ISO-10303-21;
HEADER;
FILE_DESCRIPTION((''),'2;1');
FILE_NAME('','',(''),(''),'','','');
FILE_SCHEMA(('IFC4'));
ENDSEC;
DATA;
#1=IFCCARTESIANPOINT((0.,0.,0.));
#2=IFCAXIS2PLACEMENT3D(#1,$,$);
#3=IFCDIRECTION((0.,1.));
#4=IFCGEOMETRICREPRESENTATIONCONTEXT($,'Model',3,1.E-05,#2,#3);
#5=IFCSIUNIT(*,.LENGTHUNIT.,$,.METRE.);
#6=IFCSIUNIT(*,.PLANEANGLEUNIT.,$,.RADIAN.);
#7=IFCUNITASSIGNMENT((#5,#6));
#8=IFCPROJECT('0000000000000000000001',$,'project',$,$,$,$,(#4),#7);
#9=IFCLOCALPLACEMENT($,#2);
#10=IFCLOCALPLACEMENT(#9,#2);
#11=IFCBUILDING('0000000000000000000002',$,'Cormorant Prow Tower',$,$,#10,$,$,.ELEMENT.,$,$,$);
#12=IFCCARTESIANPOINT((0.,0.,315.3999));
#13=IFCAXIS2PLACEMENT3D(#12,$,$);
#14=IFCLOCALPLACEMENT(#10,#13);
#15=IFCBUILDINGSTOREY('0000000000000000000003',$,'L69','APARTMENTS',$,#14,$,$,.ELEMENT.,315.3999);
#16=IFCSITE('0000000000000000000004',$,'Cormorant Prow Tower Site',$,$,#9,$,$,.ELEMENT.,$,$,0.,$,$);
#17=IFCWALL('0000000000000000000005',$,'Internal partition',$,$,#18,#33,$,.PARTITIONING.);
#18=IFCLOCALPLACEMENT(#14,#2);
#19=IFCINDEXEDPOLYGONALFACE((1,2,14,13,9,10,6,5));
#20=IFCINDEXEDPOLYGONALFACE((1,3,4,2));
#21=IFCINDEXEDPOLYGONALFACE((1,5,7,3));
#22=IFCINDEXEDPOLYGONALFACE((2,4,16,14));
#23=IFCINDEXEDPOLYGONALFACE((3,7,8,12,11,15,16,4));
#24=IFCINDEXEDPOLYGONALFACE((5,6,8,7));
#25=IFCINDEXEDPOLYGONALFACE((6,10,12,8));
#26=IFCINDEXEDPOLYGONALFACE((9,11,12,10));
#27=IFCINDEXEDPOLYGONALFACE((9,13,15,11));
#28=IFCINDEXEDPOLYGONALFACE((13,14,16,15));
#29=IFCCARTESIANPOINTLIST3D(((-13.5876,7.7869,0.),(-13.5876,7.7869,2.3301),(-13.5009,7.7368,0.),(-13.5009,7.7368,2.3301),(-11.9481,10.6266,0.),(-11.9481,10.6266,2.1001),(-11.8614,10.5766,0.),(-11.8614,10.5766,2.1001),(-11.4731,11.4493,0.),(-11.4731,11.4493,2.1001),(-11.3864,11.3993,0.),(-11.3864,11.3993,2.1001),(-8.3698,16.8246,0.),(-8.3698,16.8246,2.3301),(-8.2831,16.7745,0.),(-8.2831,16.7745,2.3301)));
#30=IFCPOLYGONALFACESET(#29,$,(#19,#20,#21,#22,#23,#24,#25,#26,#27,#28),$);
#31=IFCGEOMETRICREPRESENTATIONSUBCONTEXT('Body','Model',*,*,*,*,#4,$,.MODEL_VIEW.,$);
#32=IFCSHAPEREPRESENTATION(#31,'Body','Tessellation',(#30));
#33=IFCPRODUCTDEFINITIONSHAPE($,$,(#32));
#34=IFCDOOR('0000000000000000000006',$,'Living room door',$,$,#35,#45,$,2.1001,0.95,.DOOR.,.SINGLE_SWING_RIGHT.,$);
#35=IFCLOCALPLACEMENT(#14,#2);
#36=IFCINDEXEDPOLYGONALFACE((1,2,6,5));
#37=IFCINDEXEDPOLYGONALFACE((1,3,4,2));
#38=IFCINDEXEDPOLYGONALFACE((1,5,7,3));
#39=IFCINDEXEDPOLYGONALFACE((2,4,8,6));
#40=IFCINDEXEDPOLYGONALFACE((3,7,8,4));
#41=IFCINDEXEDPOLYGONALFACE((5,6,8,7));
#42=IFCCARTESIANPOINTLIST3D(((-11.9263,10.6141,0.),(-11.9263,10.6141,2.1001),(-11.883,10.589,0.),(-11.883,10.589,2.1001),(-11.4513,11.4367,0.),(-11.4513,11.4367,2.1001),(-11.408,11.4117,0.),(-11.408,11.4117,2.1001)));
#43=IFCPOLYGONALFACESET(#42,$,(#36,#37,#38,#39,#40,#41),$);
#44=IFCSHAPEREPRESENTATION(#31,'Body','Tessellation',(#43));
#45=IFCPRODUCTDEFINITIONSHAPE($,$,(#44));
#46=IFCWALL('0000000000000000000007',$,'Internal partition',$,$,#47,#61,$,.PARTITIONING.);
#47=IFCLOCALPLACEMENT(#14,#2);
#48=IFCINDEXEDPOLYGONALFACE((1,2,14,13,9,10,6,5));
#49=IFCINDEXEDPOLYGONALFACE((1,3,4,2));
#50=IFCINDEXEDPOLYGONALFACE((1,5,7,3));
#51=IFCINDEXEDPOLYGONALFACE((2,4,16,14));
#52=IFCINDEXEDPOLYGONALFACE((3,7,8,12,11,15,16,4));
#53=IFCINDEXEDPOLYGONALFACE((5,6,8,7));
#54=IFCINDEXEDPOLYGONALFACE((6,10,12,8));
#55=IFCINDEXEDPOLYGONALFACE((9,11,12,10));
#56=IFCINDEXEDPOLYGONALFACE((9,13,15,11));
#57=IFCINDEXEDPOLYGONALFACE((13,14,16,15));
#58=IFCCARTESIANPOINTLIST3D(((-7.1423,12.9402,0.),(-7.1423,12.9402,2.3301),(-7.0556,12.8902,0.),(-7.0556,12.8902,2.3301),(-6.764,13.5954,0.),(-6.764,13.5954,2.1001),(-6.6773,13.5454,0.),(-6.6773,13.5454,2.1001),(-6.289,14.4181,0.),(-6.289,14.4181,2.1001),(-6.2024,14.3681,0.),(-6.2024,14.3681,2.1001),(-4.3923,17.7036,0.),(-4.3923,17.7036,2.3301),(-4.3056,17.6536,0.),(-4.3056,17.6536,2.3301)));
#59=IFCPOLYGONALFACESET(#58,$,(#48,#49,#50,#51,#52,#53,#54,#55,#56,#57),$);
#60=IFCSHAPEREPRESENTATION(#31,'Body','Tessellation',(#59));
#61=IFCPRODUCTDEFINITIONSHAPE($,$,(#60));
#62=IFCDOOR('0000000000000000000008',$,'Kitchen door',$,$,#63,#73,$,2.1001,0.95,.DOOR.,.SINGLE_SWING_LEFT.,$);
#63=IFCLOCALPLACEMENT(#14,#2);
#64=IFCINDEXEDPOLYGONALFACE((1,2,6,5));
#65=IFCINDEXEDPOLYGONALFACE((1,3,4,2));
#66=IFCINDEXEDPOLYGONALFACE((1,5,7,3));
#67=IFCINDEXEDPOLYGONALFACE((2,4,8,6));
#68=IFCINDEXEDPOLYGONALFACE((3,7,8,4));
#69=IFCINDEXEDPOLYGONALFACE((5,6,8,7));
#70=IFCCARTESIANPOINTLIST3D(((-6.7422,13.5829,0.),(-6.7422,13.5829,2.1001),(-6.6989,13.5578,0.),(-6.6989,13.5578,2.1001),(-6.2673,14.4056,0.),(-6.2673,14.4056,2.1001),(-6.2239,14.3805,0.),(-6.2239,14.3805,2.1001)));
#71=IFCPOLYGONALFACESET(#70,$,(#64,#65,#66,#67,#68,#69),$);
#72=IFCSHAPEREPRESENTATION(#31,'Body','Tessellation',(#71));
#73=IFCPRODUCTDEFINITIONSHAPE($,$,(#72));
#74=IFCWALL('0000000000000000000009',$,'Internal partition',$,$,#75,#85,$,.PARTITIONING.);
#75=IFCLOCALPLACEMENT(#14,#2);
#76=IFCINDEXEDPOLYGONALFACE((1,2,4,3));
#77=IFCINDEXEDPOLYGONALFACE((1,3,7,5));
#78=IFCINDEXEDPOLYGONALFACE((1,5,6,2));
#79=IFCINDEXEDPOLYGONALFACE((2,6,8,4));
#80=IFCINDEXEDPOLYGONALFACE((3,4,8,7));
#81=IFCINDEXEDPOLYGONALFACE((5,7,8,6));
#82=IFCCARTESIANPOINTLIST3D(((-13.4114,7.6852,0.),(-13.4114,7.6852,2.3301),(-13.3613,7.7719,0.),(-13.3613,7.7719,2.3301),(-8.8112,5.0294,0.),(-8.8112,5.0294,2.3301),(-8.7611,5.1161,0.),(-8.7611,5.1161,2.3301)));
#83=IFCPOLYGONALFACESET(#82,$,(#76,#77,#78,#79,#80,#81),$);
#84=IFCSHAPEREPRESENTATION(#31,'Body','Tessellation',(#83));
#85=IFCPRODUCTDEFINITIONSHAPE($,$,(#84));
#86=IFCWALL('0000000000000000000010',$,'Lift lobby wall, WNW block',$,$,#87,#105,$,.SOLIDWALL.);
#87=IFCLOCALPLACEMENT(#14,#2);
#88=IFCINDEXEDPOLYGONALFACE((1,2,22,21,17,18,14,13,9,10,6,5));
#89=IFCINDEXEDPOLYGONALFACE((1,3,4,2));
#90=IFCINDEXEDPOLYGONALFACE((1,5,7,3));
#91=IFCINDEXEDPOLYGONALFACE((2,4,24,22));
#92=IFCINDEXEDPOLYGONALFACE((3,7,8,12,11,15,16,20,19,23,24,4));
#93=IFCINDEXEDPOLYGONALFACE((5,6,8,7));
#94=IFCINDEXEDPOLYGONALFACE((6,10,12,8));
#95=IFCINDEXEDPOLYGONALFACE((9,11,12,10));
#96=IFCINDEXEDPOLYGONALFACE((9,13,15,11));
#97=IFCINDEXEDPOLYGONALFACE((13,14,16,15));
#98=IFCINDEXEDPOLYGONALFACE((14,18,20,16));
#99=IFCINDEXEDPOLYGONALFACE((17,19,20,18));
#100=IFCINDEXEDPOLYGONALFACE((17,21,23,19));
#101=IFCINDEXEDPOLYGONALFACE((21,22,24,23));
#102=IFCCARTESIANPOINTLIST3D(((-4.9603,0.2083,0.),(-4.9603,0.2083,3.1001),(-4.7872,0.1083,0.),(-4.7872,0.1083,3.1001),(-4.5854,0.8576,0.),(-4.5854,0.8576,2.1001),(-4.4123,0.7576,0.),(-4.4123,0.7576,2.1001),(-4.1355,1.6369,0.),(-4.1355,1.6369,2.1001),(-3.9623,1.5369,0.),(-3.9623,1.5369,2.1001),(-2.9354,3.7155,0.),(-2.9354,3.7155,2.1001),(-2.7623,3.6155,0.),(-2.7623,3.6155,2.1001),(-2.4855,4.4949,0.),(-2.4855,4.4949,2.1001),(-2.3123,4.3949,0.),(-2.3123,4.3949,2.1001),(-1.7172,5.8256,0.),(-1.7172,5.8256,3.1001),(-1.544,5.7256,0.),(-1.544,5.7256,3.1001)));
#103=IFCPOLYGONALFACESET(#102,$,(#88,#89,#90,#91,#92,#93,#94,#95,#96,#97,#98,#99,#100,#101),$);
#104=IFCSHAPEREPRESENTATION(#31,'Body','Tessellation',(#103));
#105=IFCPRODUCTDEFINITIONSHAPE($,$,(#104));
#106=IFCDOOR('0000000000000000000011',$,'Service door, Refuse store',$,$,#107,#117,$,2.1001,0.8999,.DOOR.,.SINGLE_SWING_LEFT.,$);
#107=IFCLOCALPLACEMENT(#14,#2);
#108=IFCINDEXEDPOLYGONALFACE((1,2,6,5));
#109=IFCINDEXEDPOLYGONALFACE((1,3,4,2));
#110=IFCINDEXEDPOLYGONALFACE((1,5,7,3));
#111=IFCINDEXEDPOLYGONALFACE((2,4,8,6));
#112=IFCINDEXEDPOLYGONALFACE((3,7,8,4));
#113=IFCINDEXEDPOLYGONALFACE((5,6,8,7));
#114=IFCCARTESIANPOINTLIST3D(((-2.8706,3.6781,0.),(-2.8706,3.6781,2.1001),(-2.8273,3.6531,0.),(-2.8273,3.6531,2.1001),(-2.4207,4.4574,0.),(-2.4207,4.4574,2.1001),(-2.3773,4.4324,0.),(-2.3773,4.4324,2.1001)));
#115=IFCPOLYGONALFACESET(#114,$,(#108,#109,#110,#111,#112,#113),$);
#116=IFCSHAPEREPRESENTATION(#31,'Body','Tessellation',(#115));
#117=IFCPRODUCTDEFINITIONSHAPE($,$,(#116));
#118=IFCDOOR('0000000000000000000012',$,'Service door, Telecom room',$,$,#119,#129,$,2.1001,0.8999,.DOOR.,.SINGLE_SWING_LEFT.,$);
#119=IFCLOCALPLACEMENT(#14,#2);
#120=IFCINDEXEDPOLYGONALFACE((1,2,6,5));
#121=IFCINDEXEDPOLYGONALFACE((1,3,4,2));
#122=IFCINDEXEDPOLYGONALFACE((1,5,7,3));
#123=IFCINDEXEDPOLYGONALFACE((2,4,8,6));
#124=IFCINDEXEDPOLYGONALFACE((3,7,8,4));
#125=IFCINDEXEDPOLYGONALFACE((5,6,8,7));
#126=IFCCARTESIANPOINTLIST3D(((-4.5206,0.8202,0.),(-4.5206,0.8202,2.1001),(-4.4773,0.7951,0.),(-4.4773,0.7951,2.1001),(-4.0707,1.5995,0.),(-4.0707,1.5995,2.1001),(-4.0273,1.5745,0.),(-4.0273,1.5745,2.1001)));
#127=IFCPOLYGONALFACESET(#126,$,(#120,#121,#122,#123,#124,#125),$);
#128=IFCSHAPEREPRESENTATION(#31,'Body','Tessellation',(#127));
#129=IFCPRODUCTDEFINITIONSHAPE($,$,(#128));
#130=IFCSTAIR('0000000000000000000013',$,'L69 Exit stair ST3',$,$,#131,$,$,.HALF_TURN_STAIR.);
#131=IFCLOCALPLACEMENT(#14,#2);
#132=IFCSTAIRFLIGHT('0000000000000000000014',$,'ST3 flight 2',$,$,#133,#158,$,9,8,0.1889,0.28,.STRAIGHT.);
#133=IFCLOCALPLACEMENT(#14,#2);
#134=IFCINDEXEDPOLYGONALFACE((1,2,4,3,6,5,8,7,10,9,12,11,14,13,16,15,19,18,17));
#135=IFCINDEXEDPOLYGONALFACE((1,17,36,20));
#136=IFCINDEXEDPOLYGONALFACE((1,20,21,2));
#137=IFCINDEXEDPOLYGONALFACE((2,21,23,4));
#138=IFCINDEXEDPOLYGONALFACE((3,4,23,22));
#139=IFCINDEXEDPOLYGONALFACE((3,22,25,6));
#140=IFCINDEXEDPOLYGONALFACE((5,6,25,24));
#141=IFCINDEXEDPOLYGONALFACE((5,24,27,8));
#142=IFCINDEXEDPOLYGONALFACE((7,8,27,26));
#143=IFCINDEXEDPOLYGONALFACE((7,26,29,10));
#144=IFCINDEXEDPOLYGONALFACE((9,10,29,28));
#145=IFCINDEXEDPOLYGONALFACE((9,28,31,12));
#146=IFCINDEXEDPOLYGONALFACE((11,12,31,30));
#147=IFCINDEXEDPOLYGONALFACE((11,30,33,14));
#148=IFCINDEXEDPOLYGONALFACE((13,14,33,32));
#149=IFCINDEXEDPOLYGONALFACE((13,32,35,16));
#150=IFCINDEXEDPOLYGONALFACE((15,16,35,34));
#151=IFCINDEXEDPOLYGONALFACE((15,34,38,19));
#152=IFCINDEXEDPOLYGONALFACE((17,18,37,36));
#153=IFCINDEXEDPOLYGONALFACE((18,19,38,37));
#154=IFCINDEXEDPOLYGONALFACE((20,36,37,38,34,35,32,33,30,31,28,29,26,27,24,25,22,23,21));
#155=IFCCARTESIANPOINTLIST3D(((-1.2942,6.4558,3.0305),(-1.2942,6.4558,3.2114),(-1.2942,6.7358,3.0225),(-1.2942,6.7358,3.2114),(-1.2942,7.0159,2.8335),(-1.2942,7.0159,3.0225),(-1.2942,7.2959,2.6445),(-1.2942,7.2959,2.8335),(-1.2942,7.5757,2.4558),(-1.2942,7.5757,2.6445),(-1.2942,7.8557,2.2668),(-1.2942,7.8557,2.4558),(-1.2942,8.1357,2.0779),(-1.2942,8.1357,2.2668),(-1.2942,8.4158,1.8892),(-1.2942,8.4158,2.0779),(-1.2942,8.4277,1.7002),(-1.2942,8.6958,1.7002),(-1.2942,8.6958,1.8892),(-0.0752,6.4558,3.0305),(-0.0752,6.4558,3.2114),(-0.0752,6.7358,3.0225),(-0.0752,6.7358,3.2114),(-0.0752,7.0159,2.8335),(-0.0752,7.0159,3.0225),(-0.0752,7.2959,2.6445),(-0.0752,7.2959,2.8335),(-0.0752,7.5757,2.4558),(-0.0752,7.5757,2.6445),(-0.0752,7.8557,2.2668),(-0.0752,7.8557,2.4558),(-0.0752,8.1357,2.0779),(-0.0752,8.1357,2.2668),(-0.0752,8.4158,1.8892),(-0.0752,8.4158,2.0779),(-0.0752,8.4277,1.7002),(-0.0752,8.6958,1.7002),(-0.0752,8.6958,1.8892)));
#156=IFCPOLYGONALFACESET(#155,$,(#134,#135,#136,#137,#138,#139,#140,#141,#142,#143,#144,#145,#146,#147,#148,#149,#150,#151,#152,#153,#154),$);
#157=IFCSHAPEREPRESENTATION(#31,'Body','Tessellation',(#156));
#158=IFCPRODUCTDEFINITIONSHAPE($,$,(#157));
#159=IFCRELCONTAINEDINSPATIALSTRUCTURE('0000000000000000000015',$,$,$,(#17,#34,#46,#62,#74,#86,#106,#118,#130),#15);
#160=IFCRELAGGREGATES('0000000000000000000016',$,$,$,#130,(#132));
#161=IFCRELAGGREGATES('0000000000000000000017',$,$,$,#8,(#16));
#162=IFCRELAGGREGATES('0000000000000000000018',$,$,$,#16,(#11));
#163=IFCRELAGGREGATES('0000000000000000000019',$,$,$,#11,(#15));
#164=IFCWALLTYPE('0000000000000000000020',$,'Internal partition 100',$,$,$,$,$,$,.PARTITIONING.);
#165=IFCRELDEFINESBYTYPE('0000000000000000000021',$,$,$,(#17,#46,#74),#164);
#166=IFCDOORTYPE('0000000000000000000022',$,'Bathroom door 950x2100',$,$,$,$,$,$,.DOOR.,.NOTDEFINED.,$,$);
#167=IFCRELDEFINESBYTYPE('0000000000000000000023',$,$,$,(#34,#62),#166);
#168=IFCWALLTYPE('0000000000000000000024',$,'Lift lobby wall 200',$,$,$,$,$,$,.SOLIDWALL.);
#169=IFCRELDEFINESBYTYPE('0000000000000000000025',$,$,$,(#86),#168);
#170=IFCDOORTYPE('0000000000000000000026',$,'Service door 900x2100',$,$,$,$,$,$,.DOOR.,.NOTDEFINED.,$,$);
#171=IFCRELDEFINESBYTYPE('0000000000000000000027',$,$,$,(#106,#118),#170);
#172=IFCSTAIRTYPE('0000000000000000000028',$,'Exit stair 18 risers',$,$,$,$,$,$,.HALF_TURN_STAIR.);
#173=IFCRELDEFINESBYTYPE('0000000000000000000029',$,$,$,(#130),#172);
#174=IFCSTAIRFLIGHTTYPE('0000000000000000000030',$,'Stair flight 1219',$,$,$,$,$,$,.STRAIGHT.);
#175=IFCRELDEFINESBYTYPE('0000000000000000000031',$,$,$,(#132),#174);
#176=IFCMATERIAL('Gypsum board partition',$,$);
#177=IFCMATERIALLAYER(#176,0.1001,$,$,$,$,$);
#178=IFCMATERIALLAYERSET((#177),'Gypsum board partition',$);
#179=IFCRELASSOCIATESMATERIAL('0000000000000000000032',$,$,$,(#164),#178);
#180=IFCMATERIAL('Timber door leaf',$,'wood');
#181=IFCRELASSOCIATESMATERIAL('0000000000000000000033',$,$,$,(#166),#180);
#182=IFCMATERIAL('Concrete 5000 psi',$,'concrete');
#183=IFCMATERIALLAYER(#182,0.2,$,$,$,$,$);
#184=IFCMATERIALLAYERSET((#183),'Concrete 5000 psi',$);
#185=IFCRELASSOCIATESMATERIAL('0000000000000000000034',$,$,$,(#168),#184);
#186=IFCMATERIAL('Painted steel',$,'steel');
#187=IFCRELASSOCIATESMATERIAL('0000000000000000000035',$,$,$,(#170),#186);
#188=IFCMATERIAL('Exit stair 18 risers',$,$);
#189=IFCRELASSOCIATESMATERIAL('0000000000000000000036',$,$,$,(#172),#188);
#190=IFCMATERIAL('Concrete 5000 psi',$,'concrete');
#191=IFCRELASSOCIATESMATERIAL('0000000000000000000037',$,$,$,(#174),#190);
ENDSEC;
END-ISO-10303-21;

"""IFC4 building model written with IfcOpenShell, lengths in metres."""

from ifc_helpers import new_model, si_unit, direction, frame, frame_2d, origin, place, context, subcontext, project, spatial, polyline, rectangle, outline, extrude, material, layer, layer_set, type_object, element, fill, aggregate, save


model = new_model("IFC4")

# Units and contexts
model_context = context("Model", 3, precision=1e-05, world=origin(), true_north=direction((0.0, 1.0)))
body_context = subcontext(model_context, "Body", "Model", "MODEL_VIEW")
ifc_project = project(units=[si_unit("LENGTHUNIT", "METRE"), si_unit("PLANEANGLEUNIT", "RADIAN")], contexts=[model_context])

# Site, building, storey
site_placement = place(None, origin())
site = spatial("IfcSite", under=ifc_project, at=site_placement, Name="Cormorant Prow Tower Site", CompositionType="ELEMENT", RefElevation=0.0)
building_placement = place(site_placement, origin())
building = spatial("IfcBuilding", under=site, at=building_placement, Name="Cormorant Prow Tower", CompositionType="ELEMENT")
storey_placement = place(building_placement, frame((0.0, 0.0, 315.3999)))
storey = spatial("IfcBuildingStorey", under=building, at=storey_placement, Name="L69", Description="APARTMENTS", CompositionType="ELEMENT", Elevation=315.3999)

# Walls, openings, doors
ifc_material_1 = material(Name="Gypsum board partition")
ifc_layer_1 = layer(ifc_material_1, 0.1001)
ifc_layer_set_1 = layer_set([ifc_layer_1], Name="Gypsum board partition")
wall_type_1 = type_object("IfcWallType", Name="Internal partition 100", PredefinedType="PARTITIONING", material=ifc_layer_set_1)
wall_1_placement = place(storey_placement, frame((-13.5442, 7.762, 0.0), z_axis=(0.0, 0.0, 1.0), x_axis=(0.499994, 0.866029, 0.0)))
wall_1 = element("IfcWall", 1, at=wall_1_placement, inside=storey, type_object=wall_type_1, Name="Internal partition", PredefinedType="PARTITIONING", context=body_context, shape_type="SweptSolid", body=[
    extrude(rectangle(XDim=10.4358, YDim=0.1001, at=frame_2d((5.2178, 0.0))), origin(), (0.0, 0.0, 1.0), 2.3301),
])
opening_1_placement = place(wall_1_placement, frame((3.2788, 0.0, 0.0)))
opening_1 = element("IfcOpeningElement", 2, at=opening_1_placement, cuts=wall_1, PredefinedType="OPENING", context=body_context, shape_type="SweptSolid", body=[
    extrude(rectangle(XDim=0.95, YDim=2.1001, at=frame_2d((0.4751, 1.05))), frame((0.0, 0.0601, 0.0), z_axis=(0.0, -1.0, 0.0), x_axis=(1.0, 0.0, 0.0)), (0.0, 0.0, 1.0), 0.1201),
])
ifc_material_2 = material(Name="Timber door leaf", Category="wood")
door_type_1 = type_object("IfcDoorType", Name="Bathroom door 950x2100", OperationType="NOTDEFINED", PredefinedType="DOOR", material=ifc_material_2)
door_1_placement = place(opening_1_placement, origin())
door_1 = element("IfcDoor", 3, at=door_1_placement, inside=storey, type_object=door_type_1, Name="Living room door", OperationType="SINGLE_SWING_RIGHT", OverallHeight=2.1001, OverallWidth=0.95, PredefinedType="DOOR", context=body_context, shape_type="SweptSolid", body=[
    extrude(rectangle(XDim=0.95, YDim=2.1001, at=frame_2d((0.4751, 1.05))), frame((0.0, 0.0249, 0.0), z_axis=(0.0, -1.0, 0.0), x_axis=(1.0, 0.0, 0.0)), (0.0, 0.0, 1.0), 0.05),
])
fill(opening_1, door_1)
wall_2_placement = place(storey_placement, frame((-7.0989, 12.9153, 0.0), z_axis=(0.0, 0.0, 1.0), x_axis=(0.499977, 0.866038, 0.0)))
wall_2 = element("IfcWall", 4, at=wall_2_placement, inside=storey, type_object=wall_type_1, Name="Internal partition", PredefinedType="PARTITIONING", context=body_context, shape_type="SweptSolid", body=[
    extrude(rectangle(XDim=5.5002, YDim=0.1001, at=frame_2d((2.75, 0.0))), origin(), (0.0, 0.0, 1.0), 2.3301),
])
opening_2_placement = place(wall_2_placement, frame((0.7563, 0.0, 0.0)))
opening_2 = element("IfcOpeningElement", 5, at=opening_2_placement, cuts=wall_2, PredefinedType="OPENING", context=body_context, shape_type="SweptSolid", body=[
    extrude(rectangle(XDim=0.95, YDim=2.1001, at=frame_2d((0.4751, 1.05))), frame((0.0, 0.0601, 0.0), z_axis=(0.0, -1.0, 0.0), x_axis=(1.0, 0.0, 0.0)), (0.0, 0.0, 1.0), 0.1201),
])
door_2_placement = place(opening_2_placement, origin())
door_2 = element("IfcDoor", 6, at=door_2_placement, inside=storey, type_object=door_type_1, Name="Kitchen door", OperationType="SINGLE_SWING_LEFT", OverallHeight=2.1001, OverallWidth=0.95, PredefinedType="DOOR", context=body_context, shape_type="SweptSolid", body=[
    extrude(rectangle(XDim=0.95, YDim=2.1001, at=frame_2d((0.4751, 1.05))), frame((0.0, 0.0249, 0.0), z_axis=(0.0, -1.0, 0.0), x_axis=(1.0, 0.0, 0.0)), (0.0, 0.0, 1.0), 0.05),
])
fill(opening_2, door_2)

# Wall
wall_3_placement = place(storey_placement, frame((-13.3862, 7.7285, 0.0), z_axis=(0.0, 0.0, 1.0), x_axis=(0.866034, -0.499985, 0.0)))
element("IfcWall", 7, at=wall_3_placement, inside=storey, type_object=wall_type_1, Name="Internal partition", PredefinedType="PARTITIONING", context=body_context, shape_type="SweptSolid", body=[
    extrude(rectangle(XDim=5.3118, YDim=0.1001, at=frame_2d((2.6558, 0.0))), origin(), (0.0, 0.0, 1.0), 2.3301),
])

# Wall, openings, doors
ifc_material_3 = material(Name="Concrete 5000 psi", Category="concrete")
ifc_layer_2 = layer(ifc_material_3, 0.2)
ifc_layer_set_2 = layer_set([ifc_layer_2], Name="Concrete 5000 psi")
wall_type_2 = type_object("IfcWallType", Name="Lift lobby wall 200", PredefinedType="SOLIDWALL", material=ifc_layer_set_2)
wall_4_placement = place(storey_placement, frame((-1.6306, 5.7756, 0.0), z_axis=(0.0, 0.0, 1.0), x_axis=(-0.499993, -0.86603, 0.0)))
wall_4 = element("IfcWall", 8, at=wall_4_placement, inside=storey, type_object=wall_type_2, Name="Lift lobby wall, WNW block", PredefinedType="SOLIDWALL", context=body_context, shape_type="SweptSolid", body=[
    extrude(rectangle(XDim=6.4863, YDim=0.2, at=frame_2d((3.2432, 0.0))), origin(), (0.0, 0.0, 1.0), 3.1001),
])
opening_3_placement = place(wall_4_placement, frame((1.5366, 0.0, 0.0)))
opening_3 = element("IfcOpeningElement", 9, at=opening_3_placement, cuts=wall_4, PredefinedType="OPENING", context=body_context, shape_type="SweptSolid", body=[
    extrude(rectangle(XDim=0.8999, YDim=2.1001, at=frame_2d((0.45, 1.05))), frame((0.0, 0.1099, 0.0), z_axis=(0.0, -1.0, 0.0), x_axis=(1.0, 0.0, 0.0)), (0.0, 0.0, 1.0), 0.22),
])
opening_4_placement = place(wall_4_placement, frame((4.8367, 0.0, 0.0)))
opening_4 = element("IfcOpeningElement", 10, at=opening_4_placement, cuts=wall_4, PredefinedType="OPENING", context=body_context, shape_type="SweptSolid", body=[
    extrude(rectangle(XDim=0.8999, YDim=2.1001, at=frame_2d((0.45, 1.05))), frame((0.0, 0.1099, 0.0), z_axis=(0.0, -1.0, 0.0), x_axis=(1.0, 0.0, 0.0)), (0.0, 0.0, 1.0), 0.22),
])
ifc_material_4 = material(Name="Painted steel", Category="steel")
door_type_2 = type_object("IfcDoorType", Name="Service door 900x2100", OperationType="NOTDEFINED", PredefinedType="DOOR", material=ifc_material_4)
door_3_placement = place(opening_3_placement, origin())
door_3 = element("IfcDoor", 11, at=door_3_placement, inside=storey, type_object=door_type_2, Name="Service door, Refuse store", OperationType="SINGLE_SWING_LEFT", OverallHeight=2.1001, OverallWidth=0.8999, PredefinedType="DOOR", context=body_context, shape_type="SweptSolid", body=[
    extrude(rectangle(XDim=0.8999, YDim=2.1001, at=frame_2d((0.45, 1.05))), frame((0.0, 0.0249, 0.0), z_axis=(0.0, -1.0, 0.0), x_axis=(1.0, 0.0, 0.0)), (0.0, 0.0, 1.0), 0.05),
])
fill(opening_3, door_3)
door_4_placement = place(opening_4_placement, origin())
door_4 = element("IfcDoor", 12, at=door_4_placement, inside=storey, type_object=door_type_2, Name="Service door, Telecom room", OperationType="SINGLE_SWING_LEFT", OverallHeight=2.1001, OverallWidth=0.8999, PredefinedType="DOOR", context=body_context, shape_type="SweptSolid", body=[
    extrude(rectangle(XDim=0.8999, YDim=2.1001, at=frame_2d((0.45, 1.05))), frame((0.0, 0.0249, 0.0), z_axis=(0.0, -1.0, 0.0), x_axis=(1.0, 0.0, 0.0)), (0.0, 0.0, 1.0), 0.05),
])
fill(opening_4, door_4)

# Stair, stair flight
ifc_material_5 = material(Name="Exit stair 18 risers")
stair_type = type_object("IfcStairType", Name="Exit stair 18 risers", PredefinedType="HALF_TURN_STAIR", material=ifc_material_5)
stair_placement = place(storey_placement, origin())
stair = element("IfcStair", 13, at=stair_placement, inside=storey, type_object=stair_type, Name="L69 Exit stair ST3", PredefinedType="HALF_TURN_STAIR")
ifc_material_6 = material(Name="Concrete 5000 psi", Category="concrete")
stair_flight_type = type_object("IfcStairFlightType", Name="Stair flight 1219", PredefinedType="STRAIGHT", material=ifc_material_6)
stair_flight_placement = place(storey_placement, frame((-0.6846, 8.6958, 1.7002), z_axis=(0.0, 0.0, 1.0), x_axis=(0.0, -1.0, 0.0)))
stair_flight = element("IfcStairFlight", 14, at=stair_flight_placement, type_object=stair_flight_type, Name="ST3 flight 2", NumberOfRisers=9, NumberOfTreads=8, PredefinedType="STRAIGHT", RiserHeight=0.1889, TreadLength=0.28, context=body_context, shape_type="SweptSolid", body=[
    extrude(outline(polyline([(0.0, 0.0), (0.0, 0.189), (0.28, 0.189), (0.28, 0.3777), (0.5601, 0.3777), (0.5601, 0.5667), (0.8401, 0.5667), (0.8401, 0.7556), (1.1201, 0.7556), (1.1201, 0.9443), (1.3999, 0.9443), (1.3999, 1.1333), (1.6799, 1.1333), (1.6799, 1.3223), (1.96, 1.3223), (1.96, 1.5112), (2.24, 1.5112), (2.24, 1.7), (2.24, 1.3303), (0.2681, 0.0), (0.0, 0.0)])), frame((0.0, 0.6094, 0.0), z_axis=(0.0, -1.0, 0.0), x_axis=(1.0, 0.0, 0.0)), (0.0, 0.0, 1.0), 1.219),
])
aggregate(stair, [stair_flight])

save(model, "model.ifc")
